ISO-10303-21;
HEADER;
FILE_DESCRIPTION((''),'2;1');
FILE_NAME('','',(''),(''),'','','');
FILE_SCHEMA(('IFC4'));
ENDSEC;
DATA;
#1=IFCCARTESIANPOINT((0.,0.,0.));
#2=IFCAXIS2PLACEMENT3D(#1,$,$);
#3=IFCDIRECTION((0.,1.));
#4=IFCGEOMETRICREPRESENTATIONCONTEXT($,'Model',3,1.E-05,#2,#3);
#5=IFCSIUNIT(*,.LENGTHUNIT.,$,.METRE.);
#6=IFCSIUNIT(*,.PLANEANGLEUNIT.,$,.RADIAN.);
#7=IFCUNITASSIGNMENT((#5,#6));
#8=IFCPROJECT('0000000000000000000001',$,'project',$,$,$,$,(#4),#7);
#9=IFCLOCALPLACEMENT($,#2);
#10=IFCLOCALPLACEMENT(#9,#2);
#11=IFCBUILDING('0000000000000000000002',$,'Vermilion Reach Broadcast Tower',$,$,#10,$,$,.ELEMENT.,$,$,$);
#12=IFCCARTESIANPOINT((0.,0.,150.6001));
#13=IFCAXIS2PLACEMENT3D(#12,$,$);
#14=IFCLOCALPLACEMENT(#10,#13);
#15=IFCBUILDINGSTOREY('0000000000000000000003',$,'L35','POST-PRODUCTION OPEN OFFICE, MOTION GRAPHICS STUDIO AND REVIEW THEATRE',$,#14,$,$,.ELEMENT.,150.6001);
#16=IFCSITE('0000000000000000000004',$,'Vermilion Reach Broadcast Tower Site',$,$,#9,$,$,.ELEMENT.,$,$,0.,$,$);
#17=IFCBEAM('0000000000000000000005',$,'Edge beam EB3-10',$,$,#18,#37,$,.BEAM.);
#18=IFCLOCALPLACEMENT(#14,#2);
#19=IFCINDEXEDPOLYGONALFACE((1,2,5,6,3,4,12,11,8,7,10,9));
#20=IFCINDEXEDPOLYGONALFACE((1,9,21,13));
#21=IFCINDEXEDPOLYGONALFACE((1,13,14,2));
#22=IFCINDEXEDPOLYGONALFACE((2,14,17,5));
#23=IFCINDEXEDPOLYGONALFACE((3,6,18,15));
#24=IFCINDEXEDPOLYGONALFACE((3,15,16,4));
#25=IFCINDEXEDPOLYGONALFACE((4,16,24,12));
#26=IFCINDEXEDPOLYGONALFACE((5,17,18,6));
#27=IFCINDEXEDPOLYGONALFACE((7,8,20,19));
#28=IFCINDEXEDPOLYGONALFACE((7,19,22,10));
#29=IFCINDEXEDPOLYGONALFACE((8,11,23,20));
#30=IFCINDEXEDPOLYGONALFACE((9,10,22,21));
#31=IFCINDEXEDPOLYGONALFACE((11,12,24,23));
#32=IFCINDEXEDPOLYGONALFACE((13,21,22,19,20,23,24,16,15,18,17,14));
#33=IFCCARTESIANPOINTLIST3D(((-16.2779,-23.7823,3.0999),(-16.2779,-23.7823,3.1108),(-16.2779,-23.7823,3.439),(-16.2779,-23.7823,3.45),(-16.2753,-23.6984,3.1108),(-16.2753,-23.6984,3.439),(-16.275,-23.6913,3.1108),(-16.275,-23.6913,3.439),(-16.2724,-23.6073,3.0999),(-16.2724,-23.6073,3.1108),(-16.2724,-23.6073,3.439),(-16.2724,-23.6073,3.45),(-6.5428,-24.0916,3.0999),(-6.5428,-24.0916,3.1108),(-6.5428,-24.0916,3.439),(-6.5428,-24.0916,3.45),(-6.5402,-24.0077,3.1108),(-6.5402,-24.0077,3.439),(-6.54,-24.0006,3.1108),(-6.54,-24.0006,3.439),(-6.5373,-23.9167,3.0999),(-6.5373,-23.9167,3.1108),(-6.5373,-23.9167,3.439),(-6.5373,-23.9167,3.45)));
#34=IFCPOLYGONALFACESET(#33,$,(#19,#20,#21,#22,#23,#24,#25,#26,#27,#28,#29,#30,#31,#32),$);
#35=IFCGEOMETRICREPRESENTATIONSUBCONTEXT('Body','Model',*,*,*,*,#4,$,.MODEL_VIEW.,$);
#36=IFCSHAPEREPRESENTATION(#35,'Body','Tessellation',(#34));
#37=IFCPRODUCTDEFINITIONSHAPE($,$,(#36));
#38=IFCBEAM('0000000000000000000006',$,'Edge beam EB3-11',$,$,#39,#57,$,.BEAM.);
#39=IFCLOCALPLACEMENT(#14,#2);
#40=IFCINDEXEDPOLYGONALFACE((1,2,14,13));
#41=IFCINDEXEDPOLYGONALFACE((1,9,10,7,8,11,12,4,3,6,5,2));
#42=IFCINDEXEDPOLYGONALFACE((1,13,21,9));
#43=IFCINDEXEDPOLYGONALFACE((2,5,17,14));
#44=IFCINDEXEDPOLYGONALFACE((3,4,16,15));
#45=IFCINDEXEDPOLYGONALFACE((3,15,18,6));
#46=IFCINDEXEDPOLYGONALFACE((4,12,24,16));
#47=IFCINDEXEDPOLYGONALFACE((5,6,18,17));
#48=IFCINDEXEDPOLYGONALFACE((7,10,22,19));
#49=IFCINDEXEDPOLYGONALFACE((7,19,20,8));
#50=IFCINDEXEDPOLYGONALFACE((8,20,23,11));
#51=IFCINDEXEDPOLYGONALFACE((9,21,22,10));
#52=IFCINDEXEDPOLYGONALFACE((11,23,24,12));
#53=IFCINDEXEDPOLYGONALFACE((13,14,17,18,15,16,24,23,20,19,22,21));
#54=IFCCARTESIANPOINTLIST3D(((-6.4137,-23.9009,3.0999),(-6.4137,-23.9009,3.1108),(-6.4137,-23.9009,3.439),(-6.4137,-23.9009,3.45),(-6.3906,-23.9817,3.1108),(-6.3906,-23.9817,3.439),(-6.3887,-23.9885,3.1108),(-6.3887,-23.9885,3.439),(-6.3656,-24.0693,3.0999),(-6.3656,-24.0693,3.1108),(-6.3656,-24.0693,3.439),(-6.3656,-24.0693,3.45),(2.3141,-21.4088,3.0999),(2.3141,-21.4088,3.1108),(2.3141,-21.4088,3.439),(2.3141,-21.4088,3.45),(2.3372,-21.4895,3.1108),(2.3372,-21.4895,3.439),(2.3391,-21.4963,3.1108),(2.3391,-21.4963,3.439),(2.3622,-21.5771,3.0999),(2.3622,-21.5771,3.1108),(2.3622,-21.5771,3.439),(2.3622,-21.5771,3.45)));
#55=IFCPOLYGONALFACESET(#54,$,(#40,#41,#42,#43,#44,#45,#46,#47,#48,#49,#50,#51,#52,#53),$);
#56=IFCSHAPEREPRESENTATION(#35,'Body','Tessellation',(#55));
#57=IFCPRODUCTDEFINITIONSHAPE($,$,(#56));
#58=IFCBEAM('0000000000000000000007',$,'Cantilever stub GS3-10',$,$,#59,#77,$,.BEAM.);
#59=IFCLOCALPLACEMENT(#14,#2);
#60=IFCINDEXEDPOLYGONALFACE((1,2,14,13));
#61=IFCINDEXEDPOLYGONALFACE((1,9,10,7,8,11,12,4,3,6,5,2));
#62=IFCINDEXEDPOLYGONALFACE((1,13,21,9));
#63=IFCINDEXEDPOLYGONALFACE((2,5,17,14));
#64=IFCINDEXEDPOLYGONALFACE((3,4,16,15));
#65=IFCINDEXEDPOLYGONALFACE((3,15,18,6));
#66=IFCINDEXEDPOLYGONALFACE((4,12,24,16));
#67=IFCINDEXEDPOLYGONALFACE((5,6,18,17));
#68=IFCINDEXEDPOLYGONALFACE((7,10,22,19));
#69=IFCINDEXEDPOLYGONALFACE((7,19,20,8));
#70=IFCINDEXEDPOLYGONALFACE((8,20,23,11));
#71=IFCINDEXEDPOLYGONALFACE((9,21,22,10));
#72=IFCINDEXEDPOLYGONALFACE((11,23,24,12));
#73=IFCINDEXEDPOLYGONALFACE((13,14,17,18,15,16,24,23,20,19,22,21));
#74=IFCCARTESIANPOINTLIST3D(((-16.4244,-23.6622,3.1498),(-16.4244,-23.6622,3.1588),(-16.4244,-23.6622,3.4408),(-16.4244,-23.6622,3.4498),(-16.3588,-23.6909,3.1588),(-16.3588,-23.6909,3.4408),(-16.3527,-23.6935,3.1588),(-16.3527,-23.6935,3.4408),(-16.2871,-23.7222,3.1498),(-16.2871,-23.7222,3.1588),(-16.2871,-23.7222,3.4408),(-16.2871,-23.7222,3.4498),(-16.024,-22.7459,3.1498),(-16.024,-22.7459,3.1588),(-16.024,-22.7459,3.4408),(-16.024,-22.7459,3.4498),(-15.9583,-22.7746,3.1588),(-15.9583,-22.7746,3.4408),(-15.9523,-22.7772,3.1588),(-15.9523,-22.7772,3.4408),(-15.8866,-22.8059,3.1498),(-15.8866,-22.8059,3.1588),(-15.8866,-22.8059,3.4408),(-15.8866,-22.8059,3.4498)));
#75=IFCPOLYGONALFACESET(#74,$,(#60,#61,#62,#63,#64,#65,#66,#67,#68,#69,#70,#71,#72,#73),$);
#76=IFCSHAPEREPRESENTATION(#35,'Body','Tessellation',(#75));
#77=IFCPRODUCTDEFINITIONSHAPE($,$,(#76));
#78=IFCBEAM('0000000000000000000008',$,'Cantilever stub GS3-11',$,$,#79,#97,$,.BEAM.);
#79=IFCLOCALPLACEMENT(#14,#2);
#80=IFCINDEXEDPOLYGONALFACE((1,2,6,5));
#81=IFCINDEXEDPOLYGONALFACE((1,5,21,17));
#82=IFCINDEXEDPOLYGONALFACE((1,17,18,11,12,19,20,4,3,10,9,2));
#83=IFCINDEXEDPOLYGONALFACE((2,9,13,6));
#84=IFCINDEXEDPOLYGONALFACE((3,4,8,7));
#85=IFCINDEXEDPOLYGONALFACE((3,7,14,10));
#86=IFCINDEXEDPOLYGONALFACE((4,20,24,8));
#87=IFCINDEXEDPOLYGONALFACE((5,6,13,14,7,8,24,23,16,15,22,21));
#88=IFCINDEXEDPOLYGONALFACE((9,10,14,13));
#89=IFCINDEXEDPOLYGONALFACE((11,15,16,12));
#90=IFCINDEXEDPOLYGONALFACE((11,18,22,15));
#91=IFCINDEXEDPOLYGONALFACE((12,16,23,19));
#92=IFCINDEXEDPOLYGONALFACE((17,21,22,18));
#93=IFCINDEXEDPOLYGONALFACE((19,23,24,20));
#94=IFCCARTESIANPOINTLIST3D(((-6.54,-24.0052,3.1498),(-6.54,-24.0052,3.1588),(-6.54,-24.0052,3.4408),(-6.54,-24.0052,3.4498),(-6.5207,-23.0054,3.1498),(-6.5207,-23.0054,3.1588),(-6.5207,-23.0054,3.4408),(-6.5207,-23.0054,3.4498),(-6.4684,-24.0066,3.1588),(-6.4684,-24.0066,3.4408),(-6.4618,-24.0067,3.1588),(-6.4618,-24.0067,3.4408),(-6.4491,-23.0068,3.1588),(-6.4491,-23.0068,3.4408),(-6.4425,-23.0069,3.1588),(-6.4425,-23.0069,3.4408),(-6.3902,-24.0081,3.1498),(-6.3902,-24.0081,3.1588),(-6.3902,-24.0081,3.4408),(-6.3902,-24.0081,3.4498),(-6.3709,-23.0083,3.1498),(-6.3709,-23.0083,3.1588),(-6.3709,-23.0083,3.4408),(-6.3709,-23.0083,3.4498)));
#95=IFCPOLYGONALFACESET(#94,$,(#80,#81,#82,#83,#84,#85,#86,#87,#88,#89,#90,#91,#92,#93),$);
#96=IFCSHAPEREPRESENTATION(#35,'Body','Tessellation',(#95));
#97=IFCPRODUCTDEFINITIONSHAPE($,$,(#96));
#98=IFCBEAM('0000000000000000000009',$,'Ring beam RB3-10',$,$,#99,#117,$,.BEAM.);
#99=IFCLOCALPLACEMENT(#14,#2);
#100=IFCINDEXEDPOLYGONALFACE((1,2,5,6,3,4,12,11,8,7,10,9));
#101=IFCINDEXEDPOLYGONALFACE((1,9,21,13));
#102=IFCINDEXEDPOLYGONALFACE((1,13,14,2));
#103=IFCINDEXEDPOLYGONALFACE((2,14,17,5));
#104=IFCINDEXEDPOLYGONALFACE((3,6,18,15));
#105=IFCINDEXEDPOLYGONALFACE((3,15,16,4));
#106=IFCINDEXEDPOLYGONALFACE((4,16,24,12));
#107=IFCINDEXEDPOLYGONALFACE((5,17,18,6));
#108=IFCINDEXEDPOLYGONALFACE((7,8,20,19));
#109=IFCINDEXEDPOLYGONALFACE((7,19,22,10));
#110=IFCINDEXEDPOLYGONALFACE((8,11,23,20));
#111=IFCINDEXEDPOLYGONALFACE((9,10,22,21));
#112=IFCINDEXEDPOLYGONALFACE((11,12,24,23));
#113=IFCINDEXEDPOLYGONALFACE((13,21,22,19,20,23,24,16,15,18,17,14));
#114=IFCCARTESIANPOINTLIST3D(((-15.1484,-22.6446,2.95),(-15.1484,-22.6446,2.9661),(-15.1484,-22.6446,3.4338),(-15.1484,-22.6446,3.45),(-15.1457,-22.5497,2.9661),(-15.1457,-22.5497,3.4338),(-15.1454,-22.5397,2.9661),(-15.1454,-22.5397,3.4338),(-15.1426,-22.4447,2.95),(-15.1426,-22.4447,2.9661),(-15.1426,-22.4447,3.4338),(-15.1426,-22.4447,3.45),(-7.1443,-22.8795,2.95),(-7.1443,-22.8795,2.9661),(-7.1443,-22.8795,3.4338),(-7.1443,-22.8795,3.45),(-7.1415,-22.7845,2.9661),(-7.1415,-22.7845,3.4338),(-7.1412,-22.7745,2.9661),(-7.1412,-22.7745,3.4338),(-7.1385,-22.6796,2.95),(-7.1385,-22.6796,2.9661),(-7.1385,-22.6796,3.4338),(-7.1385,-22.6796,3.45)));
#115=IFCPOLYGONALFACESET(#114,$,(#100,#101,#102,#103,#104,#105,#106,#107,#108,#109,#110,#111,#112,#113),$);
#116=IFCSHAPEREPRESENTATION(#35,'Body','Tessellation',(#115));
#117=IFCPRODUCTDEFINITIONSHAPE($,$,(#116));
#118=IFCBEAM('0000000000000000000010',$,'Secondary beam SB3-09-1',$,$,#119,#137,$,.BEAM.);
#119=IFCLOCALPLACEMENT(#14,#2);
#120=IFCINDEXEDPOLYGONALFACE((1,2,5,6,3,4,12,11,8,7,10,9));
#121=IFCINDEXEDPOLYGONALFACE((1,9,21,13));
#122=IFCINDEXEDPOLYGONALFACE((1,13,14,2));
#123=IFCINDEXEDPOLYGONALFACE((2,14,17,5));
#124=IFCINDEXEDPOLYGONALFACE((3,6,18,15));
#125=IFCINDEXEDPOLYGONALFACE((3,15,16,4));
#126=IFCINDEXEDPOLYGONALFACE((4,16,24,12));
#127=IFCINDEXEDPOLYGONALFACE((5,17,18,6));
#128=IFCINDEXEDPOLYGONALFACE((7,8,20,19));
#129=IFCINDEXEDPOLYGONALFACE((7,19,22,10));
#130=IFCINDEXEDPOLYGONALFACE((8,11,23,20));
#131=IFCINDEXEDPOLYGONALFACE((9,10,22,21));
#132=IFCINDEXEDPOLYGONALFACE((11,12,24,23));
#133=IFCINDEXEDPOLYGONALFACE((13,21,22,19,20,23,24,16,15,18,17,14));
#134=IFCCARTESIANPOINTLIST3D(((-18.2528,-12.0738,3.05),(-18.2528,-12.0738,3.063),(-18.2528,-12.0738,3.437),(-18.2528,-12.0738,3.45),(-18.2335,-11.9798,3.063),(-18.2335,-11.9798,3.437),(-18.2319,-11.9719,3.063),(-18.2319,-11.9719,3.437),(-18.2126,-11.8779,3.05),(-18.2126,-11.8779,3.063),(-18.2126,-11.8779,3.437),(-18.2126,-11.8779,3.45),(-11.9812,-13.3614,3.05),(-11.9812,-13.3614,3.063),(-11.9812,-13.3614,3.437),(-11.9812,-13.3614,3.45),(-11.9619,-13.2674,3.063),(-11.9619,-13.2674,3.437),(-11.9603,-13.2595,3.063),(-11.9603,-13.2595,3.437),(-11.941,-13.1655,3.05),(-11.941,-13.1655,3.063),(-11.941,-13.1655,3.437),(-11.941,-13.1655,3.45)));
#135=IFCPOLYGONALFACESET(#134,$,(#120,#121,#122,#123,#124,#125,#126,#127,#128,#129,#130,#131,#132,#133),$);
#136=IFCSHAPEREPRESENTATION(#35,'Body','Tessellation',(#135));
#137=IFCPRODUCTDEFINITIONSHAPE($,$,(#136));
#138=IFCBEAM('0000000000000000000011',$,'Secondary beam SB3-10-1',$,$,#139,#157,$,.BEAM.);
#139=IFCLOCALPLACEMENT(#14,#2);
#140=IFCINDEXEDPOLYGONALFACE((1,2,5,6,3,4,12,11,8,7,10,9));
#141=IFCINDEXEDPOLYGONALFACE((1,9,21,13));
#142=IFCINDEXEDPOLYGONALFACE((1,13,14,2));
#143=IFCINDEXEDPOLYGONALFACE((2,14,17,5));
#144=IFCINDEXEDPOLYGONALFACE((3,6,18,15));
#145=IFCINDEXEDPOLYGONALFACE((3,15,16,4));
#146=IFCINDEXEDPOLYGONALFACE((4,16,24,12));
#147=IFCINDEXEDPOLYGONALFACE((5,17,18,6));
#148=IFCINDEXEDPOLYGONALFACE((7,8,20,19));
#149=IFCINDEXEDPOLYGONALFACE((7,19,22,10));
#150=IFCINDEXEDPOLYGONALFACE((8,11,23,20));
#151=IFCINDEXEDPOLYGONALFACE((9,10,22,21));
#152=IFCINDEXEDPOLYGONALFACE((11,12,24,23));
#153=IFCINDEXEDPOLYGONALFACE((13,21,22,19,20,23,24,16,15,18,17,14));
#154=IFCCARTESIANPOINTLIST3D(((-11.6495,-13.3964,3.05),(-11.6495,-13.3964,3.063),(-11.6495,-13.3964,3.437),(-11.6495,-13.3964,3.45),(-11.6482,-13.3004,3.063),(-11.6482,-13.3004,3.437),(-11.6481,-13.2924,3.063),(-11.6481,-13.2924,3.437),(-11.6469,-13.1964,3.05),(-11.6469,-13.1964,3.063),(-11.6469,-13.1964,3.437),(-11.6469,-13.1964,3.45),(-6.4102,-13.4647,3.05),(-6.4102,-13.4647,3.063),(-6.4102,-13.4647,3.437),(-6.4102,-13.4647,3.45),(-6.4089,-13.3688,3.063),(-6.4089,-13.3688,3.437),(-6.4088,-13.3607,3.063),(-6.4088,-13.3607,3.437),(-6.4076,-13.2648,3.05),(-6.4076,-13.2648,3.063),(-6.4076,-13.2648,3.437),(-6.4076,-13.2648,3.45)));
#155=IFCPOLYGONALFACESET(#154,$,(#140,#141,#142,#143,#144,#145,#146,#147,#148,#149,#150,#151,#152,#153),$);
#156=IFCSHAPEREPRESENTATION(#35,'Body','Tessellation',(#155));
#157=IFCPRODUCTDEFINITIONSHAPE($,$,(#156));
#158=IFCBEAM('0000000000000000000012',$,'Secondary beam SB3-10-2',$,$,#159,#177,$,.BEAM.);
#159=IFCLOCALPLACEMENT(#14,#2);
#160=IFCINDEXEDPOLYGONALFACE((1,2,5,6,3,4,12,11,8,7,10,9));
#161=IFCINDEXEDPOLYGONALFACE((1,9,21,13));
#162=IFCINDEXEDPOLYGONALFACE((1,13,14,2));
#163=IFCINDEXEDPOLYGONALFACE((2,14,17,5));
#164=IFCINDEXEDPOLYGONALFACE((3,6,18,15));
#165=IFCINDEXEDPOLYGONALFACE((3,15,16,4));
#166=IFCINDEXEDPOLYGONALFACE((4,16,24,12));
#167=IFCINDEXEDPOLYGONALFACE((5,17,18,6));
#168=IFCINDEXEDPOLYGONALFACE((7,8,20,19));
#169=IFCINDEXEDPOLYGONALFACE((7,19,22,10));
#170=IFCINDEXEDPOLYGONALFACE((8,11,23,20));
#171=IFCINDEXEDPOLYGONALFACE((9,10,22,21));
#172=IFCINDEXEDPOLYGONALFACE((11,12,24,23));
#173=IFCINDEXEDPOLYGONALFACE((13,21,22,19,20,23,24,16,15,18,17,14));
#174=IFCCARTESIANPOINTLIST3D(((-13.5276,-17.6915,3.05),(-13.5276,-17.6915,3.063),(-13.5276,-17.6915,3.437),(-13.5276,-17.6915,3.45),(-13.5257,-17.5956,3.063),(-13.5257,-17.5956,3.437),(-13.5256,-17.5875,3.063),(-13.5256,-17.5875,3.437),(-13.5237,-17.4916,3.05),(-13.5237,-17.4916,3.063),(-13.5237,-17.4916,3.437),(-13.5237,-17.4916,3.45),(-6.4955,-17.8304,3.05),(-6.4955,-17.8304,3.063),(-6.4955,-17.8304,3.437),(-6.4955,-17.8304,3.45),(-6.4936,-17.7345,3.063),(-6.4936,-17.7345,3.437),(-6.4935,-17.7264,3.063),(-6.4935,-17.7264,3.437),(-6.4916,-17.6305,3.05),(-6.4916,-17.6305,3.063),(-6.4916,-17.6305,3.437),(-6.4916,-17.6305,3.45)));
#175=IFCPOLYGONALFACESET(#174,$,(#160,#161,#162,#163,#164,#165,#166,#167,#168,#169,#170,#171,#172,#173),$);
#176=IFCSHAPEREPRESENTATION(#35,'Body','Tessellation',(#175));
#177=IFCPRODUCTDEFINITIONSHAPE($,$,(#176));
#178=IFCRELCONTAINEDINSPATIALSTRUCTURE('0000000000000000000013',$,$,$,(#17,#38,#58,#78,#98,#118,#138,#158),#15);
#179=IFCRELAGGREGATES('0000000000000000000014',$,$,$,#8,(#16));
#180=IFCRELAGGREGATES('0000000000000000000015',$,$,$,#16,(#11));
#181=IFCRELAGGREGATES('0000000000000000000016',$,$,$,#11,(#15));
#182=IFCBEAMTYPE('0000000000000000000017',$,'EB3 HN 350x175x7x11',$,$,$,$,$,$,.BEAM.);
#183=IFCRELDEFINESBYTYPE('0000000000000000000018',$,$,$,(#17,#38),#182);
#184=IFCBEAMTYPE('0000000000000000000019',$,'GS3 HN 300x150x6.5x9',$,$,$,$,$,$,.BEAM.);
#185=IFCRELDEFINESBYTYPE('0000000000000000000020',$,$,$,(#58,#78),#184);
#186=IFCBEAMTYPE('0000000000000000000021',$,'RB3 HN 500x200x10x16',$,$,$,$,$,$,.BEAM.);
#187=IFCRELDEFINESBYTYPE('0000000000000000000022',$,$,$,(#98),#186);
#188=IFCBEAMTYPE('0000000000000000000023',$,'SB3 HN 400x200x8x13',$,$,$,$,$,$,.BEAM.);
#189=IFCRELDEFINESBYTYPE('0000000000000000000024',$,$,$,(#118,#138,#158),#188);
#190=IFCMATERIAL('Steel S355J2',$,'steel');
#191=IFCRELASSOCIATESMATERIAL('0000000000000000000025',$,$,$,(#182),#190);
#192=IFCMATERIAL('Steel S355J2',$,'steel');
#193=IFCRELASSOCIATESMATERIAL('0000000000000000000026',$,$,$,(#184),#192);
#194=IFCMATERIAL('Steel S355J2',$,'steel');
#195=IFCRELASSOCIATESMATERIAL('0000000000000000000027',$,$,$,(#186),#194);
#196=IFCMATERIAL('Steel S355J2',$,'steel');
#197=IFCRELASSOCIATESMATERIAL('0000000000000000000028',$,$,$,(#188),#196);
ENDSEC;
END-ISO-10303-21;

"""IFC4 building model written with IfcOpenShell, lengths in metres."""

from ifc_helpers import new_model, si_unit, direction, frame, origin, origin_2d, place, context, subcontext, project, spatial, i_section, extrude, material, material_profile, profile_set, type_object, element, save


model = new_model("IFC4")

# Units and contexts
model_context = context("Model", 3, precision=1e-05, world=origin(), true_north=direction((0.0, 1.0)))
body_context = subcontext(model_context, "Body", "Model", "MODEL_VIEW")
ifc_project = project(units=[si_unit("LENGTHUNIT", "METRE"), si_unit("PLANEANGLEUNIT", "RADIAN")], contexts=[model_context])

# Site, building, storey
site_placement = place(None, origin())
site = spatial("IfcSite", under=ifc_project, at=site_placement, Name="Vermilion Reach Broadcast Tower Site", CompositionType="ELEMENT", RefElevation=0.0)
building_placement = place(site_placement, origin())
building = spatial("IfcBuilding", under=site, at=building_placement, Name="Vermilion Reach Broadcast Tower", CompositionType="ELEMENT")
storey_placement = place(building_placement, frame((0.0, 0.0, 150.6001)))
storey = spatial("IfcBuildingStorey", under=building, at=storey_placement, Name="L35", Description="POST-PRODUCTION OPEN OFFICE, MOTION GRAPHICS STUDIO AND REVIEW THEATRE", CompositionType="ELEMENT", Elevation=150.6001)

# Beams
ifc_material_1 = material(Name="Steel S355J2", Category="steel")
ifc_material_profile_1 = material_profile(ifc_material_1, i_section(OverallWidth=0.175, OverallDepth=0.3501, WebThickness=0.0071, FlangeThickness=0.011, at=origin_2d()), Name="S355J2 HN 350x175x7x11")
ifc_profile_set_1 = profile_set([ifc_material_profile_1], Name="Steel S355J2")
beam_type_1 = type_object("IfcBeamType", Name="EB3 HN 350x175x7x11", PredefinedType="BEAM", material=ifc_profile_set_1)
beam_1_placement = place(storey_placement, frame((-16.2751, -23.6948, 3.2749), z_axis=(0.999496, -0.031758, 0.0), x_axis=(0.031758, 0.999496, 0.0)))
element("IfcBeam", 1, at=beam_1_placement, inside=storey, type_object=beam_type_1, Name="Edge beam EB3-10", PredefinedType="BEAM", context=body_context, shape_type="SweptSolid", body=[
    extrude(i_section(OverallWidth=0.175, OverallDepth=0.3501, WebThickness=0.0071, FlangeThickness=0.011, at=origin_2d()), origin(), (0.0, 0.0, 1.0), 9.74),
])
beam_2_placement = place(storey_placement, frame((-6.3896, -23.9851, 3.2749), z_axis=(0.961567, 0.274572, 0.0), x_axis=(-0.274572, 0.961567, 0.0)))
element("IfcBeam", 2, at=beam_2_placement, inside=storey, type_object=beam_type_1, Name="Edge beam EB3-11", PredefinedType="BEAM", context=body_context, shape_type="SweptSolid", body=[
    extrude(i_section(OverallWidth=0.175, OverallDepth=0.3501, WebThickness=0.0071, FlangeThickness=0.011, at=origin_2d()), origin(), (0.0, 0.0, 1.0), 9.0767),
])
ifc_material_2 = material(Name="Steel S355J2", Category="steel")
ifc_material_profile_2 = material_profile(ifc_material_2, i_section(OverallWidth=0.1499, OverallDepth=0.3, WebThickness=0.0066, FlangeThickness=0.009, at=origin_2d()), Name="S355J2 HN 300x150x6.5x9")
ifc_profile_set_2 = profile_set([ifc_material_profile_2], Name="Steel S355J2")
beam_type_2 = type_object("IfcBeamType", Name="GS3 HN 300x150x6.5x9", PredefinedType="BEAM", material=ifc_profile_set_2)
for number, where, z_axis, x_axis, name in (
    (3, (-15.9553, -22.7759, 3.2998), (-0.400422, -0.916331, 0.0), (0.916331, -0.400422, 0.0), "Cantilever stub GS3-10"),
    (4, (-6.4458, -23.0068, 3.2998), (-0.019288, -0.999814, 0.0), (0.999814, -0.019288, 0.0), "Cantilever stub GS3-11"),
):
    element("IfcBeam", number, at=place(storey_placement, frame(where, z_axis=z_axis, x_axis=x_axis)), inside=storey, type_object=beam_type_2, Name=name, PredefinedType="BEAM", context=body_context, shape_type="SweptSolid", body=[
        extrude(i_section(OverallWidth=0.1499, OverallDepth=0.3, WebThickness=0.0066, FlangeThickness=0.009, at=origin_2d()), origin(), (0.0, 0.0, 1.0), 1.0),
    ])
ifc_material_3 = material(Name="Steel S355J2", Category="steel")
ifc_material_profile_3 = material_profile(ifc_material_3, i_section(OverallWidth=0.2, OverallDepth=0.5, WebThickness=0.01, FlangeThickness=0.0161, at=origin_2d()), Name="S355J2 HN 500x200x10x16")
ifc_profile_set_3 = profile_set([ifc_material_profile_3], Name="Steel S355J2")
beam_type_3 = type_object("IfcBeamType", Name="RB3 HN 500x200x10x16", PredefinedType="BEAM", material=ifc_profile_set_3)
beam_3_placement = place(storey_placement, frame((-15.1455, -22.5447, 3.2), z_axis=(0.99957, -0.02933, 0.0), x_axis=(0.02933, 0.99957, 0.0)))
element("IfcBeam", 5, at=beam_3_placement, inside=storey, type_object=beam_type_3, Name="Ring beam RB3-10", PredefinedType="BEAM", context=body_context, shape_type="SweptSolid", body=[
    extrude(i_section(OverallWidth=0.2, OverallDepth=0.5, WebThickness=0.01, FlangeThickness=0.0161, at=origin_2d()), origin(), (0.0, 0.0, 1.0), 8.0076),
])
ifc_material_4 = material(Name="Steel S355J2", Category="steel")
ifc_material_profile_4 = material_profile(ifc_material_4, i_section(OverallWidth=0.2, OverallDepth=0.3999, WebThickness=0.0081, FlangeThickness=0.0129, at=origin_2d()), Name="S355J2 HN 400x200x8x13")
ifc_profile_set_4 = profile_set([ifc_material_profile_4], Name="Steel S355J2")
beam_type_4 = type_object("IfcBeamType", Name="SB3 HN 400x200x8x13", PredefinedType="BEAM", material=ifc_profile_set_4)
beam_4_placement = place(storey_placement, frame((-18.2327, -11.9758, 3.25), z_axis=(0.979568, -0.201115, 0.0), x_axis=(0.201115, 0.979568, 0.0)))
element("IfcBeam", 6, at=beam_4_placement, inside=storey, type_object=beam_type_4, Name="Secondary beam SB3-09-1", PredefinedType="BEAM", context=body_context, shape_type="SweptSolid", body=[
    extrude(i_section(OverallWidth=0.2, OverallDepth=0.3999, WebThickness=0.0081, FlangeThickness=0.0129, at=origin_2d()), origin(), (0.0, 0.0, 1.0), 6.4023),
])
beam_5_placement = place(storey_placement, frame((-11.6482, -13.2964, 3.25), z_axis=(0.999915, -0.013046, 0.0), x_axis=(0.013046, 0.999915, 0.0)))
element("IfcBeam", 7, at=beam_5_placement, inside=storey, type_object=beam_type_4, Name="Secondary beam SB3-10-1", PredefinedType="BEAM", context=body_context, shape_type="SweptSolid", body=[
    extrude(i_section(OverallWidth=0.2, OverallDepth=0.3999, WebThickness=0.0081, FlangeThickness=0.0129, at=origin_2d()), origin(), (0.0, 0.0, 1.0), 5.2397),
])
beam_6_placement = place(storey_placement, frame((-13.5256, -17.5916, 3.25), z_axis=(0.999805, -0.019751, 0.0), x_axis=(0.019751, 0.999805, 0.0)))
element("IfcBeam", 8, at=beam_6_placement, inside=storey, type_object=beam_type_4, Name="Secondary beam SB3-10-2", PredefinedType="BEAM", context=body_context, shape_type="SweptSolid", body=[
    extrude(i_section(OverallWidth=0.2, OverallDepth=0.3999, WebThickness=0.0081, FlangeThickness=0.0129, at=origin_2d()), origin(), (0.0, 0.0, 1.0), 7.0334),
])

save(model, "model.ifc")
